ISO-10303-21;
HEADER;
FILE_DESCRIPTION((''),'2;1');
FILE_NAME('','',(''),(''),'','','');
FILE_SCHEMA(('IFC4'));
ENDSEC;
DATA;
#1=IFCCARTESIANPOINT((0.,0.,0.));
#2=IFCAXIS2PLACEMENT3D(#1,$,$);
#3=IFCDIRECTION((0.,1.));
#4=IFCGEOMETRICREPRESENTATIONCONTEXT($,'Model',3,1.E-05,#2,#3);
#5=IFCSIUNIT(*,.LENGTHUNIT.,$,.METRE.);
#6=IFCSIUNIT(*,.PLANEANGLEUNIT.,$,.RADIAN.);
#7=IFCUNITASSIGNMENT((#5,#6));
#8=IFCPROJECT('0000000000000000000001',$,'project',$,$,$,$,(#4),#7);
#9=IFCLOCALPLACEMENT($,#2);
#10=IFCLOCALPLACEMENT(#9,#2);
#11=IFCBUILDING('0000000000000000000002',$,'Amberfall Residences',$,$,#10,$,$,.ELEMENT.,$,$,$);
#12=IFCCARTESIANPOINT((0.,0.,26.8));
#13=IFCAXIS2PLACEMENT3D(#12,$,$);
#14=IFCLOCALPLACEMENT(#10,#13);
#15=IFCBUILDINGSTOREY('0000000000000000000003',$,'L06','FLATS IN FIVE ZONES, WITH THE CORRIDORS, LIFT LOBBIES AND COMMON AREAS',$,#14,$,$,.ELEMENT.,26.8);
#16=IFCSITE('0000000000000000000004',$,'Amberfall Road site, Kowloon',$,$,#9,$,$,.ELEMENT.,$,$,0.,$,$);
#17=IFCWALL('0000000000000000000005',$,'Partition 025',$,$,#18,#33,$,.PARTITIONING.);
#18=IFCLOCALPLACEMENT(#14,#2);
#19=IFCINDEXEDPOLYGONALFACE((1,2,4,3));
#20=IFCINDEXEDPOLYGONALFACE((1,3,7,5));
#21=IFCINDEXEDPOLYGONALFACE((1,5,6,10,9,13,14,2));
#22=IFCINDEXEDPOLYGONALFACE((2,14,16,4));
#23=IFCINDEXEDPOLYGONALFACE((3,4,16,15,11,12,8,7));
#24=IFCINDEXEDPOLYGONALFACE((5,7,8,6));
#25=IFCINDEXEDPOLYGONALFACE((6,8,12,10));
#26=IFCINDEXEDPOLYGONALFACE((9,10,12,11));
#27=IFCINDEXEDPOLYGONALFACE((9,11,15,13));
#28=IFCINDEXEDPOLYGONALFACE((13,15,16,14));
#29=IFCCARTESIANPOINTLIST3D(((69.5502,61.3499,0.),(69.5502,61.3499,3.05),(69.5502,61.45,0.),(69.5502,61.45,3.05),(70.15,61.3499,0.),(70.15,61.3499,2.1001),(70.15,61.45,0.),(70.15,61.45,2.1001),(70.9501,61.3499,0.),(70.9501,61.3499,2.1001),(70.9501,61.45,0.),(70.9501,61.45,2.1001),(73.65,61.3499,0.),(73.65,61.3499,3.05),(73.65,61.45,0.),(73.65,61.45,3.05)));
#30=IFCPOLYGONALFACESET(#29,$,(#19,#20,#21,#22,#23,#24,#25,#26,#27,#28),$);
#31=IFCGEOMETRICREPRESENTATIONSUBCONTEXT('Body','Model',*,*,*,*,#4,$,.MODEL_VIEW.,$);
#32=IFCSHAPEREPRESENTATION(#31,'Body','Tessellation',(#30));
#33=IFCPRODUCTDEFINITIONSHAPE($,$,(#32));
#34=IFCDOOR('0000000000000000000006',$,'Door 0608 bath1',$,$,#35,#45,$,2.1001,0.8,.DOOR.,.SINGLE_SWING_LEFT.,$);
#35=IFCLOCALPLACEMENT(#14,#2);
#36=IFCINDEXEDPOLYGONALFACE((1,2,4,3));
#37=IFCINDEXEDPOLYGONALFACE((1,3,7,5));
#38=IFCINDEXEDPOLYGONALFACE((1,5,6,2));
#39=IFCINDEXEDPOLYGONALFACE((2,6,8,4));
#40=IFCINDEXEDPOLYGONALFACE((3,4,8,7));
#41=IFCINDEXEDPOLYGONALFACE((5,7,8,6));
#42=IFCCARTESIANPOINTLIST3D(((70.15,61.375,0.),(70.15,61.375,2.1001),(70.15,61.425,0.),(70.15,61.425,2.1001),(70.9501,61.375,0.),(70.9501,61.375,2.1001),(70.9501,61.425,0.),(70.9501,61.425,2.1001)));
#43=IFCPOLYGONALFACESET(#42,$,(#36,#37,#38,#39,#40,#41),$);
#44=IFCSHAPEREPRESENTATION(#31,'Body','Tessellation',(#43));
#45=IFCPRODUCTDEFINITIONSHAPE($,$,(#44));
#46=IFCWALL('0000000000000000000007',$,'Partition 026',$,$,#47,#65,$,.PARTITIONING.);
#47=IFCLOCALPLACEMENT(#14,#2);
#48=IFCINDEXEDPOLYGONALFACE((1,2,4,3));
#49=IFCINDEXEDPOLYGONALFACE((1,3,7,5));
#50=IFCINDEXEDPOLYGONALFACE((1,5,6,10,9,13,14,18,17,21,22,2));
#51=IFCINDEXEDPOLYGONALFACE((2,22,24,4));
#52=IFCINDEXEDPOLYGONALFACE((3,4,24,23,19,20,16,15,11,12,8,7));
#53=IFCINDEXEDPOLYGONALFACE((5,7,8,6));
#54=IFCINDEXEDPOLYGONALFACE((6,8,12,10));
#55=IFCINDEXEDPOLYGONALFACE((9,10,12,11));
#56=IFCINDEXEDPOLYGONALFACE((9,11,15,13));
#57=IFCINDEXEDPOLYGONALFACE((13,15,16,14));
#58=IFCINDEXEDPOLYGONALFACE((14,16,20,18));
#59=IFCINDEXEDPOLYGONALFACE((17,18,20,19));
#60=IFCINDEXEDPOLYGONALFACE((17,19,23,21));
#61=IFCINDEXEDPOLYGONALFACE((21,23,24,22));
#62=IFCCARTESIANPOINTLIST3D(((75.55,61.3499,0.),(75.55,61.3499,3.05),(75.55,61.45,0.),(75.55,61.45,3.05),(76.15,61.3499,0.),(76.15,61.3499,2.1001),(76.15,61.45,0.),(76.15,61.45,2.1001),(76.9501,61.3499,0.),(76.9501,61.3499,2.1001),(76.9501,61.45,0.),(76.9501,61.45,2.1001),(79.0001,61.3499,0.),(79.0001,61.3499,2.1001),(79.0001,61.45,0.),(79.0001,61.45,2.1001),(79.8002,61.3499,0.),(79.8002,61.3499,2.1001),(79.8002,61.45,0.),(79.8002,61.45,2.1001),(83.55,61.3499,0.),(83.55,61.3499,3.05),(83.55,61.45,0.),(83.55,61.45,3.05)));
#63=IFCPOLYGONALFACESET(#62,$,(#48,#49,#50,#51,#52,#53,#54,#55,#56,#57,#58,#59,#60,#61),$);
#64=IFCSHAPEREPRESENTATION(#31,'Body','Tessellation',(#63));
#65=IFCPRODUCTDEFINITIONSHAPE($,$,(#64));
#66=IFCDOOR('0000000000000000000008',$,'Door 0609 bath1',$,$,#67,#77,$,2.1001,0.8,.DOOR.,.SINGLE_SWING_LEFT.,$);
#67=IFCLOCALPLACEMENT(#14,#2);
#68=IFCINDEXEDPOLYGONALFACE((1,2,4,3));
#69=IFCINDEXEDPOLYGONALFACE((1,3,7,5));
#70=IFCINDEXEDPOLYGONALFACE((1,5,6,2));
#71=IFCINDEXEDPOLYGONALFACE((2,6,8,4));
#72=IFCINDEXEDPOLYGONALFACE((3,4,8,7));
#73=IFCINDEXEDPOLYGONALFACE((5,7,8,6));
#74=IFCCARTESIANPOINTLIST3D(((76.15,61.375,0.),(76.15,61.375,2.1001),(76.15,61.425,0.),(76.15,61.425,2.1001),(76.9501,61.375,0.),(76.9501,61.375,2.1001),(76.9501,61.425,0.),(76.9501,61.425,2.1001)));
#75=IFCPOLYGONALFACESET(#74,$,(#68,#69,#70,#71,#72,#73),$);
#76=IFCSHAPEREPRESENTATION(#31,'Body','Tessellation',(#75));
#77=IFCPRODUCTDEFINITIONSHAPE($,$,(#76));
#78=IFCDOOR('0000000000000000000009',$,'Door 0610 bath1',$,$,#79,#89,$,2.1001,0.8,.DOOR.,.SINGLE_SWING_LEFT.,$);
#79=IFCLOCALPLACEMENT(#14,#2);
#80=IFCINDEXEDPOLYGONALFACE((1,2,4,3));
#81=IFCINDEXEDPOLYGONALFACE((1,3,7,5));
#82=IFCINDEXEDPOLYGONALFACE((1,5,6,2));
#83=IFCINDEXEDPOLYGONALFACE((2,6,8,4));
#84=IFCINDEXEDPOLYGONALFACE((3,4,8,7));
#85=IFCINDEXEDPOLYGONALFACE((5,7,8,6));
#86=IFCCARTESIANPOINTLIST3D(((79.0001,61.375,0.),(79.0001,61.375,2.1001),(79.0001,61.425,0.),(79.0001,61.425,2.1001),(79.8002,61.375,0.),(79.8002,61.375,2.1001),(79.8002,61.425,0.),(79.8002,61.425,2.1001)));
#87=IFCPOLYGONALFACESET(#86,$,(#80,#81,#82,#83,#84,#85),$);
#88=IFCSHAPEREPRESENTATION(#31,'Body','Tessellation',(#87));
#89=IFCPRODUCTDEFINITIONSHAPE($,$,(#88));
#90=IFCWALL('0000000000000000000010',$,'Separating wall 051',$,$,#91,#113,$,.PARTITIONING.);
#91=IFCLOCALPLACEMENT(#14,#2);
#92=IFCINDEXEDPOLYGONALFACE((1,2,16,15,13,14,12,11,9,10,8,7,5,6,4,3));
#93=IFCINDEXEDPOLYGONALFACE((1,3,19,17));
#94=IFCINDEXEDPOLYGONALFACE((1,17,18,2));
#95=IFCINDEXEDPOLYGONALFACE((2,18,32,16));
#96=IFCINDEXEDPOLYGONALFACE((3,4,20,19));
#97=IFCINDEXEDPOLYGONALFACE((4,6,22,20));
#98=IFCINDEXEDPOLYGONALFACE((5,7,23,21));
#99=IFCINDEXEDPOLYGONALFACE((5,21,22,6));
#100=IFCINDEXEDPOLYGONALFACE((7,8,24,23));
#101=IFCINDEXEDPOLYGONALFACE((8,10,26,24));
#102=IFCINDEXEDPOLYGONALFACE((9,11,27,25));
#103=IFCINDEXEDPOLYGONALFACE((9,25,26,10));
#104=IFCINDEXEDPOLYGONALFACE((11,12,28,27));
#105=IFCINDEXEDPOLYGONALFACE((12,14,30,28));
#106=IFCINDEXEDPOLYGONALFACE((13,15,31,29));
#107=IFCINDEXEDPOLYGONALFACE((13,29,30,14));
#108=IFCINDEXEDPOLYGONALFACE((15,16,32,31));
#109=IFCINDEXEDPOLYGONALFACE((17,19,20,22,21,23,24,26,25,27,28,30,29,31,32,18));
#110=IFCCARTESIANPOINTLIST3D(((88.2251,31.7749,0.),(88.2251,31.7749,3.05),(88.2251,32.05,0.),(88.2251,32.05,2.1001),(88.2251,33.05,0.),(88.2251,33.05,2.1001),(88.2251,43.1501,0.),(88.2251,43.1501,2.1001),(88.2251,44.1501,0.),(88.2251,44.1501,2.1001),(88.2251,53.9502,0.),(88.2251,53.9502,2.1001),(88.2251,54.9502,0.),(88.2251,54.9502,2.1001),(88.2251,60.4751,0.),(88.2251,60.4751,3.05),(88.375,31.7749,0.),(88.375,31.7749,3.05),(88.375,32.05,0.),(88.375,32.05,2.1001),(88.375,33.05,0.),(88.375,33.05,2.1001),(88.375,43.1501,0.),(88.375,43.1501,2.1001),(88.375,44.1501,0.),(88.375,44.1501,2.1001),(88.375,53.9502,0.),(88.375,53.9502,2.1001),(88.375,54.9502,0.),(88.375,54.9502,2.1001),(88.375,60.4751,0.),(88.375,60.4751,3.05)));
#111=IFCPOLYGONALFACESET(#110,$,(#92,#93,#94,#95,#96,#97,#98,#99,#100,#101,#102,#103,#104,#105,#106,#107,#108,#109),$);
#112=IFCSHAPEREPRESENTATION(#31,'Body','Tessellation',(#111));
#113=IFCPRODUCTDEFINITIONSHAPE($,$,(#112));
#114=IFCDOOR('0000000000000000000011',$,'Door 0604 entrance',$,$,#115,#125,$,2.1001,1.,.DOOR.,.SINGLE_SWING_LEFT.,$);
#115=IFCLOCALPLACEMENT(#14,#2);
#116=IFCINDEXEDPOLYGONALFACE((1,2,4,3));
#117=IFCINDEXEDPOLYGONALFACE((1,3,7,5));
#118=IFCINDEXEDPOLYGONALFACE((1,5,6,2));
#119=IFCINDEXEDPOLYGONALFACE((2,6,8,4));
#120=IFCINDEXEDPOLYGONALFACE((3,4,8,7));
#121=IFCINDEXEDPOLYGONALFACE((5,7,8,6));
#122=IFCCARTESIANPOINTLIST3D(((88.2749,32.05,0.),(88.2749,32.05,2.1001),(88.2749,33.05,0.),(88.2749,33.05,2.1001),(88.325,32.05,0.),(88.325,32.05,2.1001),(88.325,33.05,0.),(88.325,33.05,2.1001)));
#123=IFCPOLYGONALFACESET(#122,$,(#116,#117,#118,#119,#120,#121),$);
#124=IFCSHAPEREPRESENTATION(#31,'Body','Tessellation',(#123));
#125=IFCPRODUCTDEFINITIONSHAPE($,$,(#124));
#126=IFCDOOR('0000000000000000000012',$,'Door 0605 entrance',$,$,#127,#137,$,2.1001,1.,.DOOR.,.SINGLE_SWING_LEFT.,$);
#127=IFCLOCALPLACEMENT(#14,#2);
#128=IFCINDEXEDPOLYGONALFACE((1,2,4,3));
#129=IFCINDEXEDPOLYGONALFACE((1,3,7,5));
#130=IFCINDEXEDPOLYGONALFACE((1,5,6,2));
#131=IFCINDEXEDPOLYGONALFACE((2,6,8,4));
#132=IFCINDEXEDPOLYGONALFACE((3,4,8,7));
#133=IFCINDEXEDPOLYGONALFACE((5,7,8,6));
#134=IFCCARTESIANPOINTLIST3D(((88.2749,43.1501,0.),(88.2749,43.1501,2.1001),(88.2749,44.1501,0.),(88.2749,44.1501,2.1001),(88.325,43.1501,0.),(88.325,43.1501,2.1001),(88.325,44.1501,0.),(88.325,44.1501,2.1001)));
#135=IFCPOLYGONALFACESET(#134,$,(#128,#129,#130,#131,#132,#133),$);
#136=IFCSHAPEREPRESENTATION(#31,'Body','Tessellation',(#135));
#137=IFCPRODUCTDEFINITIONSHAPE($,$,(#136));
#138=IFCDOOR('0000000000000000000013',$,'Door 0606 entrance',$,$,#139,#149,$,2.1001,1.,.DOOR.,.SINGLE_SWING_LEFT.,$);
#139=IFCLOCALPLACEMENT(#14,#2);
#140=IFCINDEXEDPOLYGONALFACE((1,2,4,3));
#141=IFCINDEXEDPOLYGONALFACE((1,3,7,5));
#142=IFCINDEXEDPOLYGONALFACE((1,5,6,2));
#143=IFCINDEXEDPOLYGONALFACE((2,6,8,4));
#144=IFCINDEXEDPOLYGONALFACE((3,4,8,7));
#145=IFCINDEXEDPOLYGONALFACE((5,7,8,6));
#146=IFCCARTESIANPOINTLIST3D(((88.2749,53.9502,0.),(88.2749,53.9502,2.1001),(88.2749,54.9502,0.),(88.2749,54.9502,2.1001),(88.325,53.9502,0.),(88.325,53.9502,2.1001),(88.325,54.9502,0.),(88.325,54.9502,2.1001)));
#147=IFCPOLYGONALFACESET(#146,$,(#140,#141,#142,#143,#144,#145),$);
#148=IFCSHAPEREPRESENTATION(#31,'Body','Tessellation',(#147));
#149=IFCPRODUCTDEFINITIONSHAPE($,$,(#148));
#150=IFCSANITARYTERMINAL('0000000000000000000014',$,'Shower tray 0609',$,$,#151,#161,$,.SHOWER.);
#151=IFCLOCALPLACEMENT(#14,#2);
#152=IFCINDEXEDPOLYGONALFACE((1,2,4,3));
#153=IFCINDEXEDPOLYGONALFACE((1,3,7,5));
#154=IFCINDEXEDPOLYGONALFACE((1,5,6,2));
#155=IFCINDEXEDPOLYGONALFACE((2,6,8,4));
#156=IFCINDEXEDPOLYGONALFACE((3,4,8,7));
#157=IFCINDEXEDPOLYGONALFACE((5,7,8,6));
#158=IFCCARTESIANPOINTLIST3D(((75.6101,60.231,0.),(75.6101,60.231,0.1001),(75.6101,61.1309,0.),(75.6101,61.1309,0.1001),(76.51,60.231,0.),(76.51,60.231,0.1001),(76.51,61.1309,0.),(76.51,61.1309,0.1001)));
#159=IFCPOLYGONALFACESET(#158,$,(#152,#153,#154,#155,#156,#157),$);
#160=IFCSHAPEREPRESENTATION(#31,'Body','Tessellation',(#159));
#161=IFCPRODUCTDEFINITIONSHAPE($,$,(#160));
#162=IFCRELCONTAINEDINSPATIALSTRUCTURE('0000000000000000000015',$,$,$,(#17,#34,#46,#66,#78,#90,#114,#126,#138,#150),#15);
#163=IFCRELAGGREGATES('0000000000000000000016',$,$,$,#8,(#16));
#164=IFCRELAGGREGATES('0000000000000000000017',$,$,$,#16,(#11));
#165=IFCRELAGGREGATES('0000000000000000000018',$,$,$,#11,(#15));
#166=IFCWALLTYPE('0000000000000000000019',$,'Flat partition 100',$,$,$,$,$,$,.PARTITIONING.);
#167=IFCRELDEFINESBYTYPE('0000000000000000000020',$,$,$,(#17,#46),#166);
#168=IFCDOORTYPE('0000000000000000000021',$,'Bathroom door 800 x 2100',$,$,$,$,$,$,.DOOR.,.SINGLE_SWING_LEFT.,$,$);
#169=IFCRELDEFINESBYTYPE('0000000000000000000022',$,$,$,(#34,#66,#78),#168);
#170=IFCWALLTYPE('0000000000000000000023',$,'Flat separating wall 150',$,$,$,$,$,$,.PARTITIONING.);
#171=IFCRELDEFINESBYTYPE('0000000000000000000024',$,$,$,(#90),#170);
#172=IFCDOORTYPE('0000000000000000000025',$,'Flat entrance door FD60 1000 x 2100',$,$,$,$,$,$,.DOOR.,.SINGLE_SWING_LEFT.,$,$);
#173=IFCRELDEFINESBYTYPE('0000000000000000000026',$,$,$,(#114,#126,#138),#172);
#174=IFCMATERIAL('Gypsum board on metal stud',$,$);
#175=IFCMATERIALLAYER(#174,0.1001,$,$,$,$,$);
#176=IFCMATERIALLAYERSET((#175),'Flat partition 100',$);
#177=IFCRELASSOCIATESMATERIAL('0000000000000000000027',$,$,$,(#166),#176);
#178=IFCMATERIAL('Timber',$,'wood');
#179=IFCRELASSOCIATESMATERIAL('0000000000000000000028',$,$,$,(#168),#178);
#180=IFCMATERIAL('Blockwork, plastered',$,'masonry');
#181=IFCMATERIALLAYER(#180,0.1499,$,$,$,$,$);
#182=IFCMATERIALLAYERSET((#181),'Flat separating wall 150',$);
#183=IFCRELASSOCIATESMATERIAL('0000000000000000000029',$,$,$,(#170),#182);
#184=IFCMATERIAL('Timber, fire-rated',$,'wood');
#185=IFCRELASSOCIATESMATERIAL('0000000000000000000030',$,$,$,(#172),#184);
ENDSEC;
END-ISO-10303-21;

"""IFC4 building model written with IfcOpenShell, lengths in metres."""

from ifc_helpers import new_model, si_unit, direction, frame, frame_2d, origin, origin_2d, place, context, subcontext, project, spatial, rectangle, extrude, material, layer, layer_set, type_object, element, fill, save


model = new_model("IFC4")

# Units and contexts
model_context = context("Model", 3, precision=1e-05, world=origin(), true_north=direction((0.0, 1.0)))
body_context = subcontext(model_context, "Body", "Model", "MODEL_VIEW")
ifc_project = project(units=[si_unit("LENGTHUNIT", "METRE"), si_unit("PLANEANGLEUNIT", "RADIAN")], contexts=[model_context])

# Site, building, storey
site_placement = place(None, origin())
site = spatial("IfcSite", under=ifc_project, at=site_placement, Name="Amberfall Road site, Kowloon", CompositionType="ELEMENT", RefElevation=0.0)
building_placement = place(site_placement, origin())
building = spatial("IfcBuilding", under=site, at=building_placement, Name="Amberfall Residences", CompositionType="ELEMENT")
storey_placement = place(building_placement, frame((0.0, 0.0, 26.8)))
storey = spatial("IfcBuildingStorey", under=building, at=storey_placement, Name="L06", Description="FLATS IN FIVE ZONES, WITH THE CORRIDORS, LIFT LOBBIES AND COMMON AREAS", CompositionType="ELEMENT", Elevation=26.8)

# Wall, opening, door
ifc_material_1 = material(Name="Gypsum board on metal stud")
ifc_layer_1 = layer(ifc_material_1, 0.1001)
ifc_layer_set_1 = layer_set([ifc_layer_1], Name="Flat partition 100")
wall_type_1 = type_object("IfcWallType", Name="Flat partition 100", PredefinedType="PARTITIONING", material=ifc_layer_set_1)
wall_1_placement = place(storey_placement, frame((73.6499, 61.3999, 0.0), z_axis=(0.0, 0.0, 1.0), x_axis=(-1.0, 0.0, 0.0)))
wall_1 = element("IfcWall", 1, at=wall_1_placement, inside=storey, type_object=wall_type_1, Name="Partition 025", PredefinedType="PARTITIONING", context=body_context, shape_type="SweptSolid", body=[
    extrude(rectangle(XDim=4.0999, YDim=0.1001, at=frame_2d((2.0498, 0.0))), origin(), (0.0, 0.0, 1.0), 3.05),
])
opening_1_placement = place(wall_1_placement, frame((2.7, 0.0, 0.0)))
opening_1 = element("IfcOpeningElement", 2, at=opening_1_placement, cuts=wall_1, PredefinedType="OPENING", context=body_context, shape_type="SweptSolid", body=[
    extrude(rectangle(XDim=0.8, YDim=2.1001, at=frame_2d((0.3999, 1.05))), frame((0.0, 0.0601, 0.0), z_axis=(0.0, -1.0, 0.0), x_axis=(1.0, 0.0, 0.0)), (0.0, 0.0, 1.0), 0.1201),
])
ifc_material_2 = material(Name="Timber", Category="wood")
door_type_1 = type_object("IfcDoorType", Name="Bathroom door 800 x 2100", OperationType="SINGLE_SWING_LEFT", PredefinedType="DOOR", material=ifc_material_2)
door_1_placement = place(opening_1_placement, origin())
door_1 = element("IfcDoor", 3, at=door_1_placement, inside=storey, type_object=door_type_1, Name="Door 0608 bath1", OperationType="SINGLE_SWING_LEFT", OverallHeight=2.1001, OverallWidth=0.8, PredefinedType="DOOR", context=body_context, shape_type="SweptSolid", body=[
    extrude(rectangle(XDim=0.8, YDim=2.1001, at=frame_2d((0.3999, 1.05))), frame((0.0, 0.0249, 0.0), z_axis=(0.0, -1.0, 0.0), x_axis=(1.0, 0.0, 0.0)), (0.0, 0.0, 1.0), 0.05),
])
fill(opening_1, door_1)

# Walls, openings, doors
wall_2_placement = place(storey_placement, frame((83.55, 61.3999, 0.0), z_axis=(0.0, 0.0, 1.0), x_axis=(-1.0, 0.0, 0.0)))
wall_2 = element("IfcWall", 4, at=wall_2_placement, inside=storey, type_object=wall_type_1, Name="Partition 026", PredefinedType="PARTITIONING", context=body_context, shape_type="SweptSolid", body=[
    extrude(rectangle(XDim=8.0, YDim=0.1001, at=frame_2d((4.0, 0.0))), origin(), (0.0, 0.0, 1.0), 3.05),
])
opening_2_placement = place(wall_2_placement, frame((6.6001, 0.0, 0.0)))
opening_2 = element("IfcOpeningElement", 5, at=opening_2_placement, cuts=wall_2, PredefinedType="OPENING", context=body_context, shape_type="SweptSolid", body=[
    extrude(rectangle(XDim=0.8, YDim=2.1001, at=frame_2d((0.3999, 1.05))), frame((0.0, 0.0601, 0.0), z_axis=(0.0, -1.0, 0.0), x_axis=(1.0, 0.0, 0.0)), (0.0, 0.0, 1.0), 0.1201),
])
opening_3_placement = place(wall_2_placement, frame((3.75, 0.0, 0.0)))
opening_3 = element("IfcOpeningElement", 6, at=opening_3_placement, cuts=wall_2, PredefinedType="OPENING", context=body_context, shape_type="SweptSolid", body=[
    extrude(rectangle(XDim=0.8, YDim=2.1001, at=frame_2d((0.3999, 1.05))), frame((0.0, 0.0601, 0.0), z_axis=(0.0, -1.0, 0.0), x_axis=(1.0, 0.0, 0.0)), (0.0, 0.0, 1.0), 0.1201),
])
door_2_placement = place(opening_2_placement, origin())
door_2 = element("IfcDoor", 7, at=door_2_placement, inside=storey, type_object=door_type_1, Name="Door 0609 bath1", OperationType="SINGLE_SWING_LEFT", OverallHeight=2.1001, OverallWidth=0.8, PredefinedType="DOOR", context=body_context, shape_type="SweptSolid", body=[
    extrude(rectangle(XDim=0.8, YDim=2.1001, at=frame_2d((0.3999, 1.05))), frame((0.0, 0.0249, 0.0), z_axis=(0.0, -1.0, 0.0), x_axis=(1.0, 0.0, 0.0)), (0.0, 0.0, 1.0), 0.05),
])
fill(opening_2, door_2)
door_3_placement = place(opening_3_placement, origin())
door_3 = element("IfcDoor", 8, at=door_3_placement, inside=storey, type_object=door_type_1, Name="Door 0610 bath1", OperationType="SINGLE_SWING_LEFT", OverallHeight=2.1001, OverallWidth=0.8, PredefinedType="DOOR", context=body_context, shape_type="SweptSolid", body=[
    extrude(rectangle(XDim=0.8, YDim=2.1001, at=frame_2d((0.3999, 1.05))), frame((0.0, 0.0249, 0.0), z_axis=(0.0, -1.0, 0.0), x_axis=(1.0, 0.0, 0.0)), (0.0, 0.0, 1.0), 0.05),
])
fill(opening_3, door_3)
ifc_material_3 = material(Name="Blockwork, plastered", Category="masonry")
ifc_layer_2 = layer(ifc_material_3, 0.1499)
ifc_layer_set_2 = layer_set([ifc_layer_2], Name="Flat separating wall 150")
wall_type_2 = type_object("IfcWallType", Name="Flat separating wall 150", PredefinedType="PARTITIONING", material=ifc_layer_set_2)
wall_3_placement = place(storey_placement, frame((88.3, 60.4751, 0.0), z_axis=(0.0, 0.0, 1.0), x_axis=(0.0, -1.0, 0.0)))
wall_3 = element("IfcWall", 9, at=wall_3_placement, inside=storey, type_object=wall_type_2, Name="Separating wall 051", PredefinedType="PARTITIONING", context=body_context, shape_type="SweptSolid", body=[
    extrude(rectangle(XDim=28.7002, YDim=0.1499, at=frame_2d((14.3501, 0.0))), origin(), (0.0, 0.0, 1.0), 3.05),
])
opening_4_placement = place(wall_3_placement, frame((27.425, 0.0, 0.0)))
opening_4 = element("IfcOpeningElement", 10, at=opening_4_placement, cuts=wall_3, PredefinedType="OPENING", context=body_context, shape_type="SweptSolid", body=[
    extrude(rectangle(XDim=1.0, YDim=2.1001, at=frame_2d((0.5, 1.05))), frame((0.0, 0.085, 0.0), z_axis=(0.0, -1.0, 0.0), x_axis=(1.0, 0.0, 0.0)), (0.0, 0.0, 1.0), 0.1699),
])
opening_5_placement = place(wall_3_placement, frame((16.325, 0.0, 0.0)))
opening_5 = element("IfcOpeningElement", 11, at=opening_5_placement, cuts=wall_3, PredefinedType="OPENING", context=body_context, shape_type="SweptSolid", body=[
    extrude(rectangle(XDim=1.0, YDim=2.1001, at=frame_2d((0.5, 1.05))), frame((0.0, 0.085, 0.0), z_axis=(0.0, -1.0, 0.0), x_axis=(1.0, 0.0, 0.0)), (0.0, 0.0, 1.0), 0.1699),
])
opening_6_placement = place(wall_3_placement, frame((5.5249, 0.0, 0.0)))
opening_6 = element("IfcOpeningElement", 12, at=opening_6_placement, cuts=wall_3, PredefinedType="OPENING", context=body_context, shape_type="SweptSolid", body=[
    extrude(rectangle(XDim=1.0, YDim=2.1001, at=frame_2d((0.5, 1.05))), frame((0.0, 0.085, 0.0), z_axis=(0.0, -1.0, 0.0), x_axis=(1.0, 0.0, 0.0)), (0.0, 0.0, 1.0), 0.1699),
])
ifc_material_4 = material(Name="Timber, fire-rated", Category="wood")
door_type_2 = type_object("IfcDoorType", Name="Flat entrance door FD60 1000 x 2100", OperationType="SINGLE_SWING_LEFT", PredefinedType="DOOR", material=ifc_material_4)
door_4_placement = place(opening_4_placement, origin())
door_4 = element("IfcDoor", 13, at=door_4_placement, inside=storey, type_object=door_type_2, Name="Door 0604 entrance", OperationType="SINGLE_SWING_LEFT", OverallHeight=2.1001, OverallWidth=1.0, PredefinedType="DOOR", context=body_context, shape_type="SweptSolid", body=[
    extrude(rectangle(XDim=1.0, YDim=2.1001, at=frame_2d((0.5, 1.05))), frame((0.0, 0.0249, 0.0), z_axis=(0.0, -1.0, 0.0), x_axis=(1.0, 0.0, 0.0)), (0.0, 0.0, 1.0), 0.05),
])
fill(opening_4, door_4)
door_5_placement = place(opening_5_placement, origin())
door_5 = element("IfcDoor", 14, at=door_5_placement, inside=storey, type_object=door_type_2, Name="Door 0605 entrance", OperationType="SINGLE_SWING_LEFT", OverallHeight=2.1001, OverallWidth=1.0, PredefinedType="DOOR", context=body_context, shape_type="SweptSolid", body=[
    extrude(rectangle(XDim=1.0, YDim=2.1001, at=frame_2d((0.5, 1.05))), frame((0.0, 0.0249, 0.0), z_axis=(0.0, -1.0, 0.0), x_axis=(1.0, 0.0, 0.0)), (0.0, 0.0, 1.0), 0.05),
])
fill(opening_5, door_5)
door_6_placement = place(opening_6_placement, origin())
door_6 = element("IfcDoor", 15, at=door_6_placement, inside=storey, type_object=door_type_2, Name="Door 0606 entrance", OperationType="SINGLE_SWING_LEFT", OverallHeight=2.1001, OverallWidth=1.0, PredefinedType="DOOR", context=body_context, shape_type="SweptSolid", body=[
    extrude(rectangle(XDim=1.0, YDim=2.1001, at=frame_2d((0.5, 1.05))), frame((0.0, 0.0249, 0.0), z_axis=(0.0, -1.0, 0.0), x_axis=(1.0, 0.0, 0.0)), (0.0, 0.0, 1.0), 0.05),
])
fill(opening_6, door_6)

# Sanitary terminal
sanitary_terminal_1_placement = place(storey_placement, frame((76.0601, 60.6809, 0.0), z_axis=(0.0, 0.0, 1.0), x_axis=(1.0, 0.0, 0.0)))
element("IfcSanitaryTerminal", 16, at=sanitary_terminal_1_placement, inside=storey, Name="Shower tray 0609", PredefinedType="SHOWER", context=body_context, shape_type="SweptSolid", body=[
    extrude(rectangle(XDim=0.8999, YDim=0.8999, at=origin_2d()), origin(), (0.0, 0.0, 1.0), 0.1001),
])

save(model, "model.ifc")
